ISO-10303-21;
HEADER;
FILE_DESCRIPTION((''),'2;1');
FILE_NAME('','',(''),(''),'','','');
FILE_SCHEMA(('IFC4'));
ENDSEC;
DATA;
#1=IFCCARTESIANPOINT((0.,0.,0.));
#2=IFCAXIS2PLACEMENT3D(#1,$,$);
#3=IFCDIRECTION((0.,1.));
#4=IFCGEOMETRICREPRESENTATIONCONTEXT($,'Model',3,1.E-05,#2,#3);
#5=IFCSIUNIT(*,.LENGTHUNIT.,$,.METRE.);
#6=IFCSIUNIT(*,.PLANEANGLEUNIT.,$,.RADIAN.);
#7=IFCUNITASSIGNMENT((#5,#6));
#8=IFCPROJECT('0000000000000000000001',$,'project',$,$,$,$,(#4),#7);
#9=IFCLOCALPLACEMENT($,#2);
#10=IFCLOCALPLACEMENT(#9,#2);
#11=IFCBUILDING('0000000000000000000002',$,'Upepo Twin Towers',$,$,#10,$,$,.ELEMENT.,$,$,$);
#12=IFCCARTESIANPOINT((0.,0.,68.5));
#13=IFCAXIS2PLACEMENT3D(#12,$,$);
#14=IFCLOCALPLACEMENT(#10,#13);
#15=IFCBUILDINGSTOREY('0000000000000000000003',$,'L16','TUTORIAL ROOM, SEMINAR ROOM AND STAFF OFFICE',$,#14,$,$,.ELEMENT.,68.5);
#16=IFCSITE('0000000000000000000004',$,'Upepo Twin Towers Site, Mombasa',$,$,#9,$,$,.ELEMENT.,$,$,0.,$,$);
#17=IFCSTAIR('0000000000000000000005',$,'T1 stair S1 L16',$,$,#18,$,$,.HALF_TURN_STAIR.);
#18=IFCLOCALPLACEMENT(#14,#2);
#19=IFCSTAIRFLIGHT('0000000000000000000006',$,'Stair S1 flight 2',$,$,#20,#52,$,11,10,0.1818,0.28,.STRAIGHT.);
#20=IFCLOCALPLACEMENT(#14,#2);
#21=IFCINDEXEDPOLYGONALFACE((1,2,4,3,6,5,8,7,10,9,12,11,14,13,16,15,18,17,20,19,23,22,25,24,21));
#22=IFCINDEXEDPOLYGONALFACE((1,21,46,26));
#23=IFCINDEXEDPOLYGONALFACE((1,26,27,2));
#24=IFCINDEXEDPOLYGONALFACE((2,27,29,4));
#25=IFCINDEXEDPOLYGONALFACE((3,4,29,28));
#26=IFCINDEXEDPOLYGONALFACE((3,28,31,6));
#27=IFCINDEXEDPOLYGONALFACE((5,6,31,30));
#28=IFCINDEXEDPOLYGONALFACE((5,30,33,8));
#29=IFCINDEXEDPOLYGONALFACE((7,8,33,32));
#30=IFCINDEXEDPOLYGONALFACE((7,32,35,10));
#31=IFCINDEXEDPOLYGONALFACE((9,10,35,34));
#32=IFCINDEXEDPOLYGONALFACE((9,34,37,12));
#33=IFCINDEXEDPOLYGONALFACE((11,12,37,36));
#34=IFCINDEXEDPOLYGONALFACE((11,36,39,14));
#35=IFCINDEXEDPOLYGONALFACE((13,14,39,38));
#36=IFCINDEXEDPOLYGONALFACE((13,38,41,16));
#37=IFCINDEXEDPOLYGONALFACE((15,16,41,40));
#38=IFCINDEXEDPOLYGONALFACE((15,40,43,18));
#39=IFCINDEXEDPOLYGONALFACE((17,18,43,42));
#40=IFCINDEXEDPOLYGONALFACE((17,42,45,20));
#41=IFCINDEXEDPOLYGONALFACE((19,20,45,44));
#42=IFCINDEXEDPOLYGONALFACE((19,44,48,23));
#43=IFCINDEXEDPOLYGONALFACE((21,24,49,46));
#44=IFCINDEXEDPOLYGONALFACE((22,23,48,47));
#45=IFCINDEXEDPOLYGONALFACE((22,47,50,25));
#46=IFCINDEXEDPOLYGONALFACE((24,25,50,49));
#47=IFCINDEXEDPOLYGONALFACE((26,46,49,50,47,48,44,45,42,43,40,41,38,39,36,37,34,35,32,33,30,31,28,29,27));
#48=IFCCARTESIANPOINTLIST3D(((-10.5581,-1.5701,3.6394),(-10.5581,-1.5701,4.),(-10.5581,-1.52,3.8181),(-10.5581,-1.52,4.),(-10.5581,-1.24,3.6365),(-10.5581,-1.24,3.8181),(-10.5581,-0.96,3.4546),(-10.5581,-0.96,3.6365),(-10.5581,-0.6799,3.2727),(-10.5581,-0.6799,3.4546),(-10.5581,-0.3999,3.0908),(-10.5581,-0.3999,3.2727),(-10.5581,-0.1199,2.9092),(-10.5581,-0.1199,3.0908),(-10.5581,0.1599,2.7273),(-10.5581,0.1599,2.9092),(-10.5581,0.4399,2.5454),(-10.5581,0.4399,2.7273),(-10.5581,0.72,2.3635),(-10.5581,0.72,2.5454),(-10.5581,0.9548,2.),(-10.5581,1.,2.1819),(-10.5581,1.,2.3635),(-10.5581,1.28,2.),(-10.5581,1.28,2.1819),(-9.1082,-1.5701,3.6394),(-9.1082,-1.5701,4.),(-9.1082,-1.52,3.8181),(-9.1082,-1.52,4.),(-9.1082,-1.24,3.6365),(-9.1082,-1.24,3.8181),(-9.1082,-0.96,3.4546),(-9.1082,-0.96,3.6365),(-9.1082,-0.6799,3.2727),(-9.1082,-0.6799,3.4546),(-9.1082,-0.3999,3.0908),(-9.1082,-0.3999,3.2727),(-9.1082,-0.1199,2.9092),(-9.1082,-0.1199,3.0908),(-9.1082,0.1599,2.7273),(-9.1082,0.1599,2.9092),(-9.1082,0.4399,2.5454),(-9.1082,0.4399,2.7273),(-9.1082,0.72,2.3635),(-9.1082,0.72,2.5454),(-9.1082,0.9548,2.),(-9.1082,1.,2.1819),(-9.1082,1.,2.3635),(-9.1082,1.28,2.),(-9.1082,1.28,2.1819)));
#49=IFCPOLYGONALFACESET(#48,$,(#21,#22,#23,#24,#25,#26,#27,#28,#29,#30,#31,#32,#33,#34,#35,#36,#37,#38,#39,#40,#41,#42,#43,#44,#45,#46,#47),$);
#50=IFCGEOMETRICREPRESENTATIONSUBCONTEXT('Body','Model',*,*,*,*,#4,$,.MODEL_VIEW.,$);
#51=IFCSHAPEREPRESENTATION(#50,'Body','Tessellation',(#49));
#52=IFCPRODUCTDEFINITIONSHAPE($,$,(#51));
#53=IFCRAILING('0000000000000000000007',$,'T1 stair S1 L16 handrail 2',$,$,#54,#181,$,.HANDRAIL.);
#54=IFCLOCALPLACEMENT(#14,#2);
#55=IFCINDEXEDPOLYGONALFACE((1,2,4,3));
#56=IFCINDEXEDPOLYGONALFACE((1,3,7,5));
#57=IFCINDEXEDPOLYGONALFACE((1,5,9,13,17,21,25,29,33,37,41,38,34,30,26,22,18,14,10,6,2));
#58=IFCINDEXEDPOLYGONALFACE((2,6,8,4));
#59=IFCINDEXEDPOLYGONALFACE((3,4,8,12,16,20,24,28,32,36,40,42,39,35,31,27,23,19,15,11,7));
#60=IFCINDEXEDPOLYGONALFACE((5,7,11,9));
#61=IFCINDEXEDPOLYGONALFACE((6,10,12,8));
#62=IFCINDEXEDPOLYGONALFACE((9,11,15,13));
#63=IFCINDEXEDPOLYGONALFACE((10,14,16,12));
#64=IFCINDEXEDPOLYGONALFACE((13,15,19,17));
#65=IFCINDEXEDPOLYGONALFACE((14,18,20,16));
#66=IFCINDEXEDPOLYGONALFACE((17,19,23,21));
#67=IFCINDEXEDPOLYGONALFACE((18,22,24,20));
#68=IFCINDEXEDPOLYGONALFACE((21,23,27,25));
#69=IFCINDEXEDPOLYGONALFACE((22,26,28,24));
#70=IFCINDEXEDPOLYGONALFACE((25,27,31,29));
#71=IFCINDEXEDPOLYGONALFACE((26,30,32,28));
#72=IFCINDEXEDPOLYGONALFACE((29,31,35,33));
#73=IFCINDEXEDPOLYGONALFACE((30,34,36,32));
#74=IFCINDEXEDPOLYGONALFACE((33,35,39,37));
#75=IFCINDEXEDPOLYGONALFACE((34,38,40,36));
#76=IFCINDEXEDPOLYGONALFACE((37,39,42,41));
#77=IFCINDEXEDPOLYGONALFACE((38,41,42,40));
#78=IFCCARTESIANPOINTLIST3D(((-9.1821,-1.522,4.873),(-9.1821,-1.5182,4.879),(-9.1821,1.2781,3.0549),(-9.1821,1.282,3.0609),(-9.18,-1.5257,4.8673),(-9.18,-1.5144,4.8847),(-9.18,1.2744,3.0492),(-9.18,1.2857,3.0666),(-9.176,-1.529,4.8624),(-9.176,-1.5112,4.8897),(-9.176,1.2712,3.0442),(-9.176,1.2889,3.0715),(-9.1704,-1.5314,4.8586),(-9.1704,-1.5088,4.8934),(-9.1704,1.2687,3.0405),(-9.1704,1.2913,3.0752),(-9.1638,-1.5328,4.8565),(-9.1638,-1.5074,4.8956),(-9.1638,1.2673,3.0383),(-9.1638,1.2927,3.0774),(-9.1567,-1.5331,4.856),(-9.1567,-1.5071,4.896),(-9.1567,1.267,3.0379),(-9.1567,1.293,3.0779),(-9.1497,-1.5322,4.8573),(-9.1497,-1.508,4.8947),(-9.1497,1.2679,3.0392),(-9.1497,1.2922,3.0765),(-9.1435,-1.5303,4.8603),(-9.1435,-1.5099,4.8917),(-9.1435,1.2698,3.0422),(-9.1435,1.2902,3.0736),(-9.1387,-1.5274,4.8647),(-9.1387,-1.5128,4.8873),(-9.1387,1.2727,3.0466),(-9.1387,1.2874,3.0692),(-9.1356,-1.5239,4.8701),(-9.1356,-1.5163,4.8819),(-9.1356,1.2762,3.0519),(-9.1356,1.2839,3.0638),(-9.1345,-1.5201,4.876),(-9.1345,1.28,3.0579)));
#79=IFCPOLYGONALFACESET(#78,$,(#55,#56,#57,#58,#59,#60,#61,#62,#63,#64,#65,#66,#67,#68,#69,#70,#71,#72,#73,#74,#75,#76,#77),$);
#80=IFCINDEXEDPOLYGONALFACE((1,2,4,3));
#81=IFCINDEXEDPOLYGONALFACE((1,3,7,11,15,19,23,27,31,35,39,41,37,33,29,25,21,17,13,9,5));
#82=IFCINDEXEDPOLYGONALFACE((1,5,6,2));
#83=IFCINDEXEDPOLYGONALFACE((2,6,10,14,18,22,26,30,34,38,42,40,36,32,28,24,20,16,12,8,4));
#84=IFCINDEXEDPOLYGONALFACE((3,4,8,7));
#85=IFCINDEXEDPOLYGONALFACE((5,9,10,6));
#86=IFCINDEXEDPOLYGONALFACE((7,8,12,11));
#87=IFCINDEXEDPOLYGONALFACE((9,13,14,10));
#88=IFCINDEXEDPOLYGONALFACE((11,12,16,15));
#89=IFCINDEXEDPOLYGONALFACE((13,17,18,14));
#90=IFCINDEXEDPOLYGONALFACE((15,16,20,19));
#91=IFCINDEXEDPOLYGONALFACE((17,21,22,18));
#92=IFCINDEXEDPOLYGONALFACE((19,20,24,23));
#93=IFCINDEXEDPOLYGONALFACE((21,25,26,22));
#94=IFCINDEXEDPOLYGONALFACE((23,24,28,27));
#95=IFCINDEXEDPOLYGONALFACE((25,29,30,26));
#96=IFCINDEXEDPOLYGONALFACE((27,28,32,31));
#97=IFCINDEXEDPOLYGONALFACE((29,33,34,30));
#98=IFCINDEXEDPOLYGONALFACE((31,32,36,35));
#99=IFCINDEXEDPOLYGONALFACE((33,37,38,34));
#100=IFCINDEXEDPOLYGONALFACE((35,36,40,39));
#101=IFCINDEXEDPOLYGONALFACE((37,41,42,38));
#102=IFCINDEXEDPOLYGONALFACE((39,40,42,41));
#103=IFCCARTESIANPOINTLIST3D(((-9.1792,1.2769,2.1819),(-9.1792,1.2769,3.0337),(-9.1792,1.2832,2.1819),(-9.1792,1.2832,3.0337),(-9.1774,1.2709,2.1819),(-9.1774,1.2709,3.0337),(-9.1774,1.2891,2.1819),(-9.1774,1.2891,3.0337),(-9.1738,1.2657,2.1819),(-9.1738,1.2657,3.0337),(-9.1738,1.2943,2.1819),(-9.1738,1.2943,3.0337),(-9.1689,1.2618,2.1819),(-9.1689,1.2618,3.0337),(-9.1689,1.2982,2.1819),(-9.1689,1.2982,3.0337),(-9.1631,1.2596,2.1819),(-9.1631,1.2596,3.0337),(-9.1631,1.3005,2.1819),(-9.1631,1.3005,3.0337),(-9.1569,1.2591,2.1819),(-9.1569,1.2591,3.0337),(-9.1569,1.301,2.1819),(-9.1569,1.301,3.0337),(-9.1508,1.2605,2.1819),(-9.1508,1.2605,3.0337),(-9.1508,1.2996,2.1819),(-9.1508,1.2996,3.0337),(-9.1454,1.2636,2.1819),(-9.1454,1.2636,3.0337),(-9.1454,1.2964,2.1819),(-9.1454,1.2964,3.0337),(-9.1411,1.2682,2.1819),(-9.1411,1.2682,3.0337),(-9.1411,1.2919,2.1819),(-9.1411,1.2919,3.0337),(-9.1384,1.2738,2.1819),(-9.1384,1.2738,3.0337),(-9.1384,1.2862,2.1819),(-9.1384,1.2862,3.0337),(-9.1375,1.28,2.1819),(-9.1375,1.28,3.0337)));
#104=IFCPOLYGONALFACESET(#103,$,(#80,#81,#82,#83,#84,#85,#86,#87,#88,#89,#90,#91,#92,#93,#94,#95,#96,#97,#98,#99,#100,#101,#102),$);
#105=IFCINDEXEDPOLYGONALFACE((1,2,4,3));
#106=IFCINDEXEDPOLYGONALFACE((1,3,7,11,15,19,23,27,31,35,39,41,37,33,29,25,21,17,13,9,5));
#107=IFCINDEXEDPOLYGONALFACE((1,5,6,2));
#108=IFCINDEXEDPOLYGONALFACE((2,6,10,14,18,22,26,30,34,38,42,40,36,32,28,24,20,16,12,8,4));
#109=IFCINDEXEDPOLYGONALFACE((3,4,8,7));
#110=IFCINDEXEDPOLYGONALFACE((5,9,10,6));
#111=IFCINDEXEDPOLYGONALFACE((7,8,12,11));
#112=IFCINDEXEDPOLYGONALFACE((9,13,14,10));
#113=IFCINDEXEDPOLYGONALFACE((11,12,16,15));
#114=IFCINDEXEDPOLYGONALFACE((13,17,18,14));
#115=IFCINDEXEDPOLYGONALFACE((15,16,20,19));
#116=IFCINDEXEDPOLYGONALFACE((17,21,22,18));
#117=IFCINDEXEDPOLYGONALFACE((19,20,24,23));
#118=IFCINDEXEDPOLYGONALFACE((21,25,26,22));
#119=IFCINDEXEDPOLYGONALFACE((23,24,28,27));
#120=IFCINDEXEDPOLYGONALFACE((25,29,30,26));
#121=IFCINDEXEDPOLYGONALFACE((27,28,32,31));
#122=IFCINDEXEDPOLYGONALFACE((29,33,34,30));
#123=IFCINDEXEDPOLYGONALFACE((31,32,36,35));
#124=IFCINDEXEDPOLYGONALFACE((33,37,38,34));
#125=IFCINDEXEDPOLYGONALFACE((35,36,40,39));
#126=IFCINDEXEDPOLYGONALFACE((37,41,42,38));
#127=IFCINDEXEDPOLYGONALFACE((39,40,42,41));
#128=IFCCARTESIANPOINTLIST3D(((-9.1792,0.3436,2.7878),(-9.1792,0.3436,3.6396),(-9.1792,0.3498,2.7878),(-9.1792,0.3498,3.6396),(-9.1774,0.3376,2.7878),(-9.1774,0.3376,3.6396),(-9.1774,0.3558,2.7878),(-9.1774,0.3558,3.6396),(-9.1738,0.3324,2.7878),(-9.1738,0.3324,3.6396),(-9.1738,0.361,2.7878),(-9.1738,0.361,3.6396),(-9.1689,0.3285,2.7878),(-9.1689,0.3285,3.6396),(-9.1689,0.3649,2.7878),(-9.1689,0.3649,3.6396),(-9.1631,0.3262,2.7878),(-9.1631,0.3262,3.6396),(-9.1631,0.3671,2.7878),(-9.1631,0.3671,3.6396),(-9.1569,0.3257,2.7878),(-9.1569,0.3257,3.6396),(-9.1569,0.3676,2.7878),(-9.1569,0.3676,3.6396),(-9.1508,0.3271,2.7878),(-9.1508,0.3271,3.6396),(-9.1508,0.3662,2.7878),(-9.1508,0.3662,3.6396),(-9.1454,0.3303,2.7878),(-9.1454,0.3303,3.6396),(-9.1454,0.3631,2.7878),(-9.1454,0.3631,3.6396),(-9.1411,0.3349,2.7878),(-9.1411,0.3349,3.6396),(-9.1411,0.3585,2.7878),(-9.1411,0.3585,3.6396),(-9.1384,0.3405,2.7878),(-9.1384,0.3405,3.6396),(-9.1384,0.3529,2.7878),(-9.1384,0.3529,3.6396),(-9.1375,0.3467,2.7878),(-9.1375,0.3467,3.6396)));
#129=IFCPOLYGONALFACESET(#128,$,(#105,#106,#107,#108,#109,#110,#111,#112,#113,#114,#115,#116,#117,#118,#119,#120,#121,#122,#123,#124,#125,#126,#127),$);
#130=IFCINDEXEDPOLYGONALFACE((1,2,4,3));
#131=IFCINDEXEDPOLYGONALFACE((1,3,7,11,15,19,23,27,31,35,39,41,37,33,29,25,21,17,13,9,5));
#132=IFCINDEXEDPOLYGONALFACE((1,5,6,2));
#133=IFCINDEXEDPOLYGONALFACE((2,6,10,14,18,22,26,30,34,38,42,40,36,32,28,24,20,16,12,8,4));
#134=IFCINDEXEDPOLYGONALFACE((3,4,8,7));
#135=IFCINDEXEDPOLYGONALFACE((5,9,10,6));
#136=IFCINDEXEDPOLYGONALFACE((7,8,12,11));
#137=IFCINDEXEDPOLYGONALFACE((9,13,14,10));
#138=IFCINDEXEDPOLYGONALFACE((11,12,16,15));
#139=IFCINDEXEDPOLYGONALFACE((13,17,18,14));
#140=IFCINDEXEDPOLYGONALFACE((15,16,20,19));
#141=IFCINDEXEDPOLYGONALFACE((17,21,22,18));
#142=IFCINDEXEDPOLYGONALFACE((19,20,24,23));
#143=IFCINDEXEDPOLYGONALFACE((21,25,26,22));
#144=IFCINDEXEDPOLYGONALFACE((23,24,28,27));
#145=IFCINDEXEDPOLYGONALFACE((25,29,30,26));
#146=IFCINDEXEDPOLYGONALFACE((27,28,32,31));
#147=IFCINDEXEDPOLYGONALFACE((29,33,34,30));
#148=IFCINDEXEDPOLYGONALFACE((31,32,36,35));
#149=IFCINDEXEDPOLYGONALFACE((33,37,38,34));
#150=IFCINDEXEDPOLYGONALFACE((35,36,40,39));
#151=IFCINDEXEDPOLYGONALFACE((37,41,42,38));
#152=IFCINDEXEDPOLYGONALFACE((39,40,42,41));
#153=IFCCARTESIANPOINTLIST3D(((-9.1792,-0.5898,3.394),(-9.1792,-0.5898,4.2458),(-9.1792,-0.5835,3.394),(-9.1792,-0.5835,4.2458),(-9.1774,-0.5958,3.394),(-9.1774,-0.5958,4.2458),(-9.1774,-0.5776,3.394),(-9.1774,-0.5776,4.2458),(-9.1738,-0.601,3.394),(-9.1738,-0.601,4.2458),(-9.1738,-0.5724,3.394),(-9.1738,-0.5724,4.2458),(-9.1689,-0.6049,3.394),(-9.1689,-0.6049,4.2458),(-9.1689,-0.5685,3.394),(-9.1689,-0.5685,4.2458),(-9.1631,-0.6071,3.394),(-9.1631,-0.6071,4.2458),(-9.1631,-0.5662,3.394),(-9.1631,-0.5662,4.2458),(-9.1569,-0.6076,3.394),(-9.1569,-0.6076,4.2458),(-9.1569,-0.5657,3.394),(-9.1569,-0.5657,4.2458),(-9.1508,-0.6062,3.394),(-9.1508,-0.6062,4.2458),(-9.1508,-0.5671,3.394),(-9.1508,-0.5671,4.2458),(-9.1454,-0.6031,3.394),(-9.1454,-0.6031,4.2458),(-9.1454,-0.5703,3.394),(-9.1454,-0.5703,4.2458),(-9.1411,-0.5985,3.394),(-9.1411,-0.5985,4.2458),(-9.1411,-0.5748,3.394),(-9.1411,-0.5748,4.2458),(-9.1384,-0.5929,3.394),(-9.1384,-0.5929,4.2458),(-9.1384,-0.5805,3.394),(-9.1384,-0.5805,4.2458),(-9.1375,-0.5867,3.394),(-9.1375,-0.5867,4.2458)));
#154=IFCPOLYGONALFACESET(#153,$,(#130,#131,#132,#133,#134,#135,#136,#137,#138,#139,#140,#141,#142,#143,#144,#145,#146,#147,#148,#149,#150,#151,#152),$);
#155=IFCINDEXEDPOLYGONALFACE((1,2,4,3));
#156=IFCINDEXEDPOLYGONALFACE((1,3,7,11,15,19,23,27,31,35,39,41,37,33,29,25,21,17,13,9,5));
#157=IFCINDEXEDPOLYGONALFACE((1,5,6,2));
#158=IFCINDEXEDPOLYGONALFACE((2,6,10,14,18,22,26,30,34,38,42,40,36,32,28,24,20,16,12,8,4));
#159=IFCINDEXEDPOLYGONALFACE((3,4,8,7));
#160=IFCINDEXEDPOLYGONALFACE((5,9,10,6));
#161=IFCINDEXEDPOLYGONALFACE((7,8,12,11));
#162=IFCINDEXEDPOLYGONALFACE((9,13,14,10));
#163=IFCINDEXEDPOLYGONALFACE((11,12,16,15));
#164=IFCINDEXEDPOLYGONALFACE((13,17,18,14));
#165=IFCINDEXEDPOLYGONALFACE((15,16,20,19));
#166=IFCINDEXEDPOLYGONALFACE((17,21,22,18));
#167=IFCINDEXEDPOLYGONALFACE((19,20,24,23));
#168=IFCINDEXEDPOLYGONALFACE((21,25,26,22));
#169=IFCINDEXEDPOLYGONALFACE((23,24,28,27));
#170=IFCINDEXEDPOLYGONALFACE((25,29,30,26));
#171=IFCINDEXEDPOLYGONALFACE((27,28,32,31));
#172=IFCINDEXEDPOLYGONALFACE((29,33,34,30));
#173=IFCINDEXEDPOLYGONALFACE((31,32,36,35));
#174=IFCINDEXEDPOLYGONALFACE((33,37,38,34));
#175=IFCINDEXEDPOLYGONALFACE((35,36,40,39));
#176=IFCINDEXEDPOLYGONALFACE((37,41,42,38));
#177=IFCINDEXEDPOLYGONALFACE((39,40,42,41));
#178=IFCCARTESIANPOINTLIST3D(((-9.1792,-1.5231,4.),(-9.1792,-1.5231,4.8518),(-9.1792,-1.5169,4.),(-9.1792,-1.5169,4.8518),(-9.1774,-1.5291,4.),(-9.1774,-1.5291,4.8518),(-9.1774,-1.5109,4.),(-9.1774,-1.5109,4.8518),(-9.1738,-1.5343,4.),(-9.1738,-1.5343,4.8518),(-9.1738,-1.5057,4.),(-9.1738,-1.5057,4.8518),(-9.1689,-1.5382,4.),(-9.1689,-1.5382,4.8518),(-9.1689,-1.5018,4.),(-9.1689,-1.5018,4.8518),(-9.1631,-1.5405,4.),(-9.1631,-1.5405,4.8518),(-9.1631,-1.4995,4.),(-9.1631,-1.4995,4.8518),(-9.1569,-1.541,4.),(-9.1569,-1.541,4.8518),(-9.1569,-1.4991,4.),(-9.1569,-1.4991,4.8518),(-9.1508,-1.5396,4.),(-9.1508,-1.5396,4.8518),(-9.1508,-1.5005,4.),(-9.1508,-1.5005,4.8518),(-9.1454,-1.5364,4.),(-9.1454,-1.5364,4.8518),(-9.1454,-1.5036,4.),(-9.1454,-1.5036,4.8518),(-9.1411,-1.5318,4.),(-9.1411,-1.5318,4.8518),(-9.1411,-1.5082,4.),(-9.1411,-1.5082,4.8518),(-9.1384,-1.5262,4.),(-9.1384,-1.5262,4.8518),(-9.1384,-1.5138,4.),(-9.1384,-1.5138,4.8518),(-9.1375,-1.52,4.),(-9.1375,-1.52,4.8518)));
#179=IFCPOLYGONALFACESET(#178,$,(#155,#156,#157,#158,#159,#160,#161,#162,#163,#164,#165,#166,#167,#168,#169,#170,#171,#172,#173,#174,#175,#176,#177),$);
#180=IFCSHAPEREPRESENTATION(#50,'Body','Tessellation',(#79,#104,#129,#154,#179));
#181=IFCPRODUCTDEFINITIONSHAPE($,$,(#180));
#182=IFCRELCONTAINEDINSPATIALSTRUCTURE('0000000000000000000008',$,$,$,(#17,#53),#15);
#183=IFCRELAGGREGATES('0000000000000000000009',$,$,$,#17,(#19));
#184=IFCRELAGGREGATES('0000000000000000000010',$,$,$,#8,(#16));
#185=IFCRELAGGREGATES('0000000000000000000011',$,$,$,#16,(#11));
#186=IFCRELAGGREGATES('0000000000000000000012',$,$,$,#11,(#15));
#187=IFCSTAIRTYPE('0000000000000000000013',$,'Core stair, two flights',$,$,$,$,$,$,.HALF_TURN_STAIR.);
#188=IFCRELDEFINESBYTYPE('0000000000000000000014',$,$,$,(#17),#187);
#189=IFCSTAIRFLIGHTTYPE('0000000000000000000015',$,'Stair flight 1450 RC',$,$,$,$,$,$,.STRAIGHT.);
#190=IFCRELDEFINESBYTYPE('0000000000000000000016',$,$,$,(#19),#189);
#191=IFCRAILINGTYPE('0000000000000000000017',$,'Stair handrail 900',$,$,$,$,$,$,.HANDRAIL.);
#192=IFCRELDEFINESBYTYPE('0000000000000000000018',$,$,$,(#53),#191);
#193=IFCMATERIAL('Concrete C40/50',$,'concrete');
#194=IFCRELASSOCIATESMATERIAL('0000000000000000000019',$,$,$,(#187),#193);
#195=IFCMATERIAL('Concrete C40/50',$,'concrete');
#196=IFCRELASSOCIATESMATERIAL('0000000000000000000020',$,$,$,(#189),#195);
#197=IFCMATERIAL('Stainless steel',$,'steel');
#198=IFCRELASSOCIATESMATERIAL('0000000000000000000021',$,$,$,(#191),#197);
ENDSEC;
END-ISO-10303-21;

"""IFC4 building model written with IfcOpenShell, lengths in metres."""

from ifc_helpers import new_model, si_unit, direction, frame, origin, origin_2d, place, context, subcontext, project, spatial, polyline, circle, outline, extrude, material, type_object, element, aggregate, save


model = new_model("IFC4")

# Units and contexts
model_context = context("Model", 3, precision=1e-05, world=origin(), true_north=direction((0.0, 1.0)))
body_context = subcontext(model_context, "Body", "Model", "MODEL_VIEW")
ifc_project = project(units=[si_unit("LENGTHUNIT", "METRE"), si_unit("PLANEANGLEUNIT", "RADIAN")], contexts=[model_context])

# Site, building, storey
site_placement = place(None, origin())
site = spatial("IfcSite", under=ifc_project, at=site_placement, Name="Upepo Twin Towers Site, Mombasa", CompositionType="ELEMENT", RefElevation=0.0)
building_placement = place(site_placement, origin())
building = spatial("IfcBuilding", under=site, at=building_placement, Name="Upepo Twin Towers", CompositionType="ELEMENT")
storey_placement = place(building_placement, frame((0.0, 0.0, 68.5)))
storey = spatial("IfcBuildingStorey", under=building, at=storey_placement, Name="L16", Description="TUTORIAL ROOM, SEMINAR ROOM AND STAFF OFFICE", CompositionType="ELEMENT", Elevation=68.5)

# Stair, stair flight
ifc_material_1 = material(Name="Concrete C40/50", Category="concrete")
stair_type = type_object("IfcStairType", Name="Core stair, two flights", PredefinedType="HALF_TURN_STAIR", material=ifc_material_1)
stair_placement = place(storey_placement, origin())
stair = element("IfcStair", 1, at=stair_placement, inside=storey, type_object=stair_type, Name="T1 stair S1 L16", PredefinedType="HALF_TURN_STAIR")
ifc_material_2 = material(Name="Concrete C40/50", Category="concrete")
stair_flight_type = type_object("IfcStairFlightType", Name="Stair flight 1450 RC", PredefinedType="STRAIGHT", material=ifc_material_2)
stair_flight_placement = place(storey_placement, frame((-9.8333, 1.28, 2.0), z_axis=(0.0, 0.0, 1.0), x_axis=(0.0, -1.0, 0.0)))
stair_flight = element("IfcStairFlight", 2, at=stair_flight_placement, type_object=stair_flight_type, Name="Stair S1 flight 2", NumberOfRisers=11, NumberOfTreads=10, PredefinedType="STRAIGHT", RiserHeight=0.1818, TreadLength=0.28, context=body_context, shape_type="SweptSolid", body=[
    extrude(outline(polyline([(0.0, 0.0), (0.0, 0.1819), (0.28, 0.1819), (0.28, 0.3635), (0.5601, 0.3635), (0.5601, 0.5454), (0.8401, 0.5454), (0.8401, 0.7273), (1.1201, 0.7273), (1.1201, 0.9092), (1.3999, 0.9092), (1.3999, 1.0908), (1.6799, 1.0908), (1.6799, 1.2727), (1.96, 1.2727), (1.96, 1.4546), (2.24, 1.4546), (2.24, 1.6365), (2.52, 1.6365), (2.52, 1.8181), (2.8, 1.8181), (2.8, 2.0), (2.8501, 2.0), (2.8501, 1.6394), (0.3252, 0.0), (0.0, 0.0)])), frame((0.0, 0.7251, 0.0), z_axis=(0.0, -1.0, 0.0), x_axis=(1.0, 0.0, 0.0)), (0.0, 0.0, 1.0), 1.45),
])
aggregate(stair, [stair_flight])

# Railing
ifc_material_3 = material(Name="Stainless steel", Category="steel")
railing_type = type_object("IfcRailingType", Name="Stair handrail 900", PredefinedType="HANDRAIL", material=ifc_material_3)
railing_placement = place(storey_placement, frame((-9.1584, 1.28, 2.1819)))
element("IfcRailing", 3, at=railing_placement, inside=storey, type_object=railing_type, Name="T1 stair S1 L16 handrail 2", PredefinedType="HANDRAIL", context=body_context, shape_type="SweptSolid", body=[
    extrude(circle(Radius=0.0239, at=origin_2d()), frame((0.0, 0.0, 0.876), z_axis=(0.0, -0.838706, 0.544585), x_axis=(1.0, 0.0, 0.0)), (0.0, 0.0, 1.0), 3.3386),
    extrude(circle(Radius=0.021, at=origin_2d()), origin(), (0.0, 0.0, 1.0), 0.8518),
    extrude(circle(Radius=0.021, at=origin_2d()), frame((0.0, -0.9333, 0.606)), (0.0, 0.0, 1.0), 0.8518),
    extrude(circle(Radius=0.021, at=origin_2d()), frame((0.0, -1.8667, 1.2122)), (0.0, 0.0, 1.0), 0.8518),
    extrude(circle(Radius=0.021, at=origin_2d()), frame((0.0, -2.8, 1.8181)), (0.0, 0.0, 1.0), 0.8518),
])

save(model, "model.ifc")
